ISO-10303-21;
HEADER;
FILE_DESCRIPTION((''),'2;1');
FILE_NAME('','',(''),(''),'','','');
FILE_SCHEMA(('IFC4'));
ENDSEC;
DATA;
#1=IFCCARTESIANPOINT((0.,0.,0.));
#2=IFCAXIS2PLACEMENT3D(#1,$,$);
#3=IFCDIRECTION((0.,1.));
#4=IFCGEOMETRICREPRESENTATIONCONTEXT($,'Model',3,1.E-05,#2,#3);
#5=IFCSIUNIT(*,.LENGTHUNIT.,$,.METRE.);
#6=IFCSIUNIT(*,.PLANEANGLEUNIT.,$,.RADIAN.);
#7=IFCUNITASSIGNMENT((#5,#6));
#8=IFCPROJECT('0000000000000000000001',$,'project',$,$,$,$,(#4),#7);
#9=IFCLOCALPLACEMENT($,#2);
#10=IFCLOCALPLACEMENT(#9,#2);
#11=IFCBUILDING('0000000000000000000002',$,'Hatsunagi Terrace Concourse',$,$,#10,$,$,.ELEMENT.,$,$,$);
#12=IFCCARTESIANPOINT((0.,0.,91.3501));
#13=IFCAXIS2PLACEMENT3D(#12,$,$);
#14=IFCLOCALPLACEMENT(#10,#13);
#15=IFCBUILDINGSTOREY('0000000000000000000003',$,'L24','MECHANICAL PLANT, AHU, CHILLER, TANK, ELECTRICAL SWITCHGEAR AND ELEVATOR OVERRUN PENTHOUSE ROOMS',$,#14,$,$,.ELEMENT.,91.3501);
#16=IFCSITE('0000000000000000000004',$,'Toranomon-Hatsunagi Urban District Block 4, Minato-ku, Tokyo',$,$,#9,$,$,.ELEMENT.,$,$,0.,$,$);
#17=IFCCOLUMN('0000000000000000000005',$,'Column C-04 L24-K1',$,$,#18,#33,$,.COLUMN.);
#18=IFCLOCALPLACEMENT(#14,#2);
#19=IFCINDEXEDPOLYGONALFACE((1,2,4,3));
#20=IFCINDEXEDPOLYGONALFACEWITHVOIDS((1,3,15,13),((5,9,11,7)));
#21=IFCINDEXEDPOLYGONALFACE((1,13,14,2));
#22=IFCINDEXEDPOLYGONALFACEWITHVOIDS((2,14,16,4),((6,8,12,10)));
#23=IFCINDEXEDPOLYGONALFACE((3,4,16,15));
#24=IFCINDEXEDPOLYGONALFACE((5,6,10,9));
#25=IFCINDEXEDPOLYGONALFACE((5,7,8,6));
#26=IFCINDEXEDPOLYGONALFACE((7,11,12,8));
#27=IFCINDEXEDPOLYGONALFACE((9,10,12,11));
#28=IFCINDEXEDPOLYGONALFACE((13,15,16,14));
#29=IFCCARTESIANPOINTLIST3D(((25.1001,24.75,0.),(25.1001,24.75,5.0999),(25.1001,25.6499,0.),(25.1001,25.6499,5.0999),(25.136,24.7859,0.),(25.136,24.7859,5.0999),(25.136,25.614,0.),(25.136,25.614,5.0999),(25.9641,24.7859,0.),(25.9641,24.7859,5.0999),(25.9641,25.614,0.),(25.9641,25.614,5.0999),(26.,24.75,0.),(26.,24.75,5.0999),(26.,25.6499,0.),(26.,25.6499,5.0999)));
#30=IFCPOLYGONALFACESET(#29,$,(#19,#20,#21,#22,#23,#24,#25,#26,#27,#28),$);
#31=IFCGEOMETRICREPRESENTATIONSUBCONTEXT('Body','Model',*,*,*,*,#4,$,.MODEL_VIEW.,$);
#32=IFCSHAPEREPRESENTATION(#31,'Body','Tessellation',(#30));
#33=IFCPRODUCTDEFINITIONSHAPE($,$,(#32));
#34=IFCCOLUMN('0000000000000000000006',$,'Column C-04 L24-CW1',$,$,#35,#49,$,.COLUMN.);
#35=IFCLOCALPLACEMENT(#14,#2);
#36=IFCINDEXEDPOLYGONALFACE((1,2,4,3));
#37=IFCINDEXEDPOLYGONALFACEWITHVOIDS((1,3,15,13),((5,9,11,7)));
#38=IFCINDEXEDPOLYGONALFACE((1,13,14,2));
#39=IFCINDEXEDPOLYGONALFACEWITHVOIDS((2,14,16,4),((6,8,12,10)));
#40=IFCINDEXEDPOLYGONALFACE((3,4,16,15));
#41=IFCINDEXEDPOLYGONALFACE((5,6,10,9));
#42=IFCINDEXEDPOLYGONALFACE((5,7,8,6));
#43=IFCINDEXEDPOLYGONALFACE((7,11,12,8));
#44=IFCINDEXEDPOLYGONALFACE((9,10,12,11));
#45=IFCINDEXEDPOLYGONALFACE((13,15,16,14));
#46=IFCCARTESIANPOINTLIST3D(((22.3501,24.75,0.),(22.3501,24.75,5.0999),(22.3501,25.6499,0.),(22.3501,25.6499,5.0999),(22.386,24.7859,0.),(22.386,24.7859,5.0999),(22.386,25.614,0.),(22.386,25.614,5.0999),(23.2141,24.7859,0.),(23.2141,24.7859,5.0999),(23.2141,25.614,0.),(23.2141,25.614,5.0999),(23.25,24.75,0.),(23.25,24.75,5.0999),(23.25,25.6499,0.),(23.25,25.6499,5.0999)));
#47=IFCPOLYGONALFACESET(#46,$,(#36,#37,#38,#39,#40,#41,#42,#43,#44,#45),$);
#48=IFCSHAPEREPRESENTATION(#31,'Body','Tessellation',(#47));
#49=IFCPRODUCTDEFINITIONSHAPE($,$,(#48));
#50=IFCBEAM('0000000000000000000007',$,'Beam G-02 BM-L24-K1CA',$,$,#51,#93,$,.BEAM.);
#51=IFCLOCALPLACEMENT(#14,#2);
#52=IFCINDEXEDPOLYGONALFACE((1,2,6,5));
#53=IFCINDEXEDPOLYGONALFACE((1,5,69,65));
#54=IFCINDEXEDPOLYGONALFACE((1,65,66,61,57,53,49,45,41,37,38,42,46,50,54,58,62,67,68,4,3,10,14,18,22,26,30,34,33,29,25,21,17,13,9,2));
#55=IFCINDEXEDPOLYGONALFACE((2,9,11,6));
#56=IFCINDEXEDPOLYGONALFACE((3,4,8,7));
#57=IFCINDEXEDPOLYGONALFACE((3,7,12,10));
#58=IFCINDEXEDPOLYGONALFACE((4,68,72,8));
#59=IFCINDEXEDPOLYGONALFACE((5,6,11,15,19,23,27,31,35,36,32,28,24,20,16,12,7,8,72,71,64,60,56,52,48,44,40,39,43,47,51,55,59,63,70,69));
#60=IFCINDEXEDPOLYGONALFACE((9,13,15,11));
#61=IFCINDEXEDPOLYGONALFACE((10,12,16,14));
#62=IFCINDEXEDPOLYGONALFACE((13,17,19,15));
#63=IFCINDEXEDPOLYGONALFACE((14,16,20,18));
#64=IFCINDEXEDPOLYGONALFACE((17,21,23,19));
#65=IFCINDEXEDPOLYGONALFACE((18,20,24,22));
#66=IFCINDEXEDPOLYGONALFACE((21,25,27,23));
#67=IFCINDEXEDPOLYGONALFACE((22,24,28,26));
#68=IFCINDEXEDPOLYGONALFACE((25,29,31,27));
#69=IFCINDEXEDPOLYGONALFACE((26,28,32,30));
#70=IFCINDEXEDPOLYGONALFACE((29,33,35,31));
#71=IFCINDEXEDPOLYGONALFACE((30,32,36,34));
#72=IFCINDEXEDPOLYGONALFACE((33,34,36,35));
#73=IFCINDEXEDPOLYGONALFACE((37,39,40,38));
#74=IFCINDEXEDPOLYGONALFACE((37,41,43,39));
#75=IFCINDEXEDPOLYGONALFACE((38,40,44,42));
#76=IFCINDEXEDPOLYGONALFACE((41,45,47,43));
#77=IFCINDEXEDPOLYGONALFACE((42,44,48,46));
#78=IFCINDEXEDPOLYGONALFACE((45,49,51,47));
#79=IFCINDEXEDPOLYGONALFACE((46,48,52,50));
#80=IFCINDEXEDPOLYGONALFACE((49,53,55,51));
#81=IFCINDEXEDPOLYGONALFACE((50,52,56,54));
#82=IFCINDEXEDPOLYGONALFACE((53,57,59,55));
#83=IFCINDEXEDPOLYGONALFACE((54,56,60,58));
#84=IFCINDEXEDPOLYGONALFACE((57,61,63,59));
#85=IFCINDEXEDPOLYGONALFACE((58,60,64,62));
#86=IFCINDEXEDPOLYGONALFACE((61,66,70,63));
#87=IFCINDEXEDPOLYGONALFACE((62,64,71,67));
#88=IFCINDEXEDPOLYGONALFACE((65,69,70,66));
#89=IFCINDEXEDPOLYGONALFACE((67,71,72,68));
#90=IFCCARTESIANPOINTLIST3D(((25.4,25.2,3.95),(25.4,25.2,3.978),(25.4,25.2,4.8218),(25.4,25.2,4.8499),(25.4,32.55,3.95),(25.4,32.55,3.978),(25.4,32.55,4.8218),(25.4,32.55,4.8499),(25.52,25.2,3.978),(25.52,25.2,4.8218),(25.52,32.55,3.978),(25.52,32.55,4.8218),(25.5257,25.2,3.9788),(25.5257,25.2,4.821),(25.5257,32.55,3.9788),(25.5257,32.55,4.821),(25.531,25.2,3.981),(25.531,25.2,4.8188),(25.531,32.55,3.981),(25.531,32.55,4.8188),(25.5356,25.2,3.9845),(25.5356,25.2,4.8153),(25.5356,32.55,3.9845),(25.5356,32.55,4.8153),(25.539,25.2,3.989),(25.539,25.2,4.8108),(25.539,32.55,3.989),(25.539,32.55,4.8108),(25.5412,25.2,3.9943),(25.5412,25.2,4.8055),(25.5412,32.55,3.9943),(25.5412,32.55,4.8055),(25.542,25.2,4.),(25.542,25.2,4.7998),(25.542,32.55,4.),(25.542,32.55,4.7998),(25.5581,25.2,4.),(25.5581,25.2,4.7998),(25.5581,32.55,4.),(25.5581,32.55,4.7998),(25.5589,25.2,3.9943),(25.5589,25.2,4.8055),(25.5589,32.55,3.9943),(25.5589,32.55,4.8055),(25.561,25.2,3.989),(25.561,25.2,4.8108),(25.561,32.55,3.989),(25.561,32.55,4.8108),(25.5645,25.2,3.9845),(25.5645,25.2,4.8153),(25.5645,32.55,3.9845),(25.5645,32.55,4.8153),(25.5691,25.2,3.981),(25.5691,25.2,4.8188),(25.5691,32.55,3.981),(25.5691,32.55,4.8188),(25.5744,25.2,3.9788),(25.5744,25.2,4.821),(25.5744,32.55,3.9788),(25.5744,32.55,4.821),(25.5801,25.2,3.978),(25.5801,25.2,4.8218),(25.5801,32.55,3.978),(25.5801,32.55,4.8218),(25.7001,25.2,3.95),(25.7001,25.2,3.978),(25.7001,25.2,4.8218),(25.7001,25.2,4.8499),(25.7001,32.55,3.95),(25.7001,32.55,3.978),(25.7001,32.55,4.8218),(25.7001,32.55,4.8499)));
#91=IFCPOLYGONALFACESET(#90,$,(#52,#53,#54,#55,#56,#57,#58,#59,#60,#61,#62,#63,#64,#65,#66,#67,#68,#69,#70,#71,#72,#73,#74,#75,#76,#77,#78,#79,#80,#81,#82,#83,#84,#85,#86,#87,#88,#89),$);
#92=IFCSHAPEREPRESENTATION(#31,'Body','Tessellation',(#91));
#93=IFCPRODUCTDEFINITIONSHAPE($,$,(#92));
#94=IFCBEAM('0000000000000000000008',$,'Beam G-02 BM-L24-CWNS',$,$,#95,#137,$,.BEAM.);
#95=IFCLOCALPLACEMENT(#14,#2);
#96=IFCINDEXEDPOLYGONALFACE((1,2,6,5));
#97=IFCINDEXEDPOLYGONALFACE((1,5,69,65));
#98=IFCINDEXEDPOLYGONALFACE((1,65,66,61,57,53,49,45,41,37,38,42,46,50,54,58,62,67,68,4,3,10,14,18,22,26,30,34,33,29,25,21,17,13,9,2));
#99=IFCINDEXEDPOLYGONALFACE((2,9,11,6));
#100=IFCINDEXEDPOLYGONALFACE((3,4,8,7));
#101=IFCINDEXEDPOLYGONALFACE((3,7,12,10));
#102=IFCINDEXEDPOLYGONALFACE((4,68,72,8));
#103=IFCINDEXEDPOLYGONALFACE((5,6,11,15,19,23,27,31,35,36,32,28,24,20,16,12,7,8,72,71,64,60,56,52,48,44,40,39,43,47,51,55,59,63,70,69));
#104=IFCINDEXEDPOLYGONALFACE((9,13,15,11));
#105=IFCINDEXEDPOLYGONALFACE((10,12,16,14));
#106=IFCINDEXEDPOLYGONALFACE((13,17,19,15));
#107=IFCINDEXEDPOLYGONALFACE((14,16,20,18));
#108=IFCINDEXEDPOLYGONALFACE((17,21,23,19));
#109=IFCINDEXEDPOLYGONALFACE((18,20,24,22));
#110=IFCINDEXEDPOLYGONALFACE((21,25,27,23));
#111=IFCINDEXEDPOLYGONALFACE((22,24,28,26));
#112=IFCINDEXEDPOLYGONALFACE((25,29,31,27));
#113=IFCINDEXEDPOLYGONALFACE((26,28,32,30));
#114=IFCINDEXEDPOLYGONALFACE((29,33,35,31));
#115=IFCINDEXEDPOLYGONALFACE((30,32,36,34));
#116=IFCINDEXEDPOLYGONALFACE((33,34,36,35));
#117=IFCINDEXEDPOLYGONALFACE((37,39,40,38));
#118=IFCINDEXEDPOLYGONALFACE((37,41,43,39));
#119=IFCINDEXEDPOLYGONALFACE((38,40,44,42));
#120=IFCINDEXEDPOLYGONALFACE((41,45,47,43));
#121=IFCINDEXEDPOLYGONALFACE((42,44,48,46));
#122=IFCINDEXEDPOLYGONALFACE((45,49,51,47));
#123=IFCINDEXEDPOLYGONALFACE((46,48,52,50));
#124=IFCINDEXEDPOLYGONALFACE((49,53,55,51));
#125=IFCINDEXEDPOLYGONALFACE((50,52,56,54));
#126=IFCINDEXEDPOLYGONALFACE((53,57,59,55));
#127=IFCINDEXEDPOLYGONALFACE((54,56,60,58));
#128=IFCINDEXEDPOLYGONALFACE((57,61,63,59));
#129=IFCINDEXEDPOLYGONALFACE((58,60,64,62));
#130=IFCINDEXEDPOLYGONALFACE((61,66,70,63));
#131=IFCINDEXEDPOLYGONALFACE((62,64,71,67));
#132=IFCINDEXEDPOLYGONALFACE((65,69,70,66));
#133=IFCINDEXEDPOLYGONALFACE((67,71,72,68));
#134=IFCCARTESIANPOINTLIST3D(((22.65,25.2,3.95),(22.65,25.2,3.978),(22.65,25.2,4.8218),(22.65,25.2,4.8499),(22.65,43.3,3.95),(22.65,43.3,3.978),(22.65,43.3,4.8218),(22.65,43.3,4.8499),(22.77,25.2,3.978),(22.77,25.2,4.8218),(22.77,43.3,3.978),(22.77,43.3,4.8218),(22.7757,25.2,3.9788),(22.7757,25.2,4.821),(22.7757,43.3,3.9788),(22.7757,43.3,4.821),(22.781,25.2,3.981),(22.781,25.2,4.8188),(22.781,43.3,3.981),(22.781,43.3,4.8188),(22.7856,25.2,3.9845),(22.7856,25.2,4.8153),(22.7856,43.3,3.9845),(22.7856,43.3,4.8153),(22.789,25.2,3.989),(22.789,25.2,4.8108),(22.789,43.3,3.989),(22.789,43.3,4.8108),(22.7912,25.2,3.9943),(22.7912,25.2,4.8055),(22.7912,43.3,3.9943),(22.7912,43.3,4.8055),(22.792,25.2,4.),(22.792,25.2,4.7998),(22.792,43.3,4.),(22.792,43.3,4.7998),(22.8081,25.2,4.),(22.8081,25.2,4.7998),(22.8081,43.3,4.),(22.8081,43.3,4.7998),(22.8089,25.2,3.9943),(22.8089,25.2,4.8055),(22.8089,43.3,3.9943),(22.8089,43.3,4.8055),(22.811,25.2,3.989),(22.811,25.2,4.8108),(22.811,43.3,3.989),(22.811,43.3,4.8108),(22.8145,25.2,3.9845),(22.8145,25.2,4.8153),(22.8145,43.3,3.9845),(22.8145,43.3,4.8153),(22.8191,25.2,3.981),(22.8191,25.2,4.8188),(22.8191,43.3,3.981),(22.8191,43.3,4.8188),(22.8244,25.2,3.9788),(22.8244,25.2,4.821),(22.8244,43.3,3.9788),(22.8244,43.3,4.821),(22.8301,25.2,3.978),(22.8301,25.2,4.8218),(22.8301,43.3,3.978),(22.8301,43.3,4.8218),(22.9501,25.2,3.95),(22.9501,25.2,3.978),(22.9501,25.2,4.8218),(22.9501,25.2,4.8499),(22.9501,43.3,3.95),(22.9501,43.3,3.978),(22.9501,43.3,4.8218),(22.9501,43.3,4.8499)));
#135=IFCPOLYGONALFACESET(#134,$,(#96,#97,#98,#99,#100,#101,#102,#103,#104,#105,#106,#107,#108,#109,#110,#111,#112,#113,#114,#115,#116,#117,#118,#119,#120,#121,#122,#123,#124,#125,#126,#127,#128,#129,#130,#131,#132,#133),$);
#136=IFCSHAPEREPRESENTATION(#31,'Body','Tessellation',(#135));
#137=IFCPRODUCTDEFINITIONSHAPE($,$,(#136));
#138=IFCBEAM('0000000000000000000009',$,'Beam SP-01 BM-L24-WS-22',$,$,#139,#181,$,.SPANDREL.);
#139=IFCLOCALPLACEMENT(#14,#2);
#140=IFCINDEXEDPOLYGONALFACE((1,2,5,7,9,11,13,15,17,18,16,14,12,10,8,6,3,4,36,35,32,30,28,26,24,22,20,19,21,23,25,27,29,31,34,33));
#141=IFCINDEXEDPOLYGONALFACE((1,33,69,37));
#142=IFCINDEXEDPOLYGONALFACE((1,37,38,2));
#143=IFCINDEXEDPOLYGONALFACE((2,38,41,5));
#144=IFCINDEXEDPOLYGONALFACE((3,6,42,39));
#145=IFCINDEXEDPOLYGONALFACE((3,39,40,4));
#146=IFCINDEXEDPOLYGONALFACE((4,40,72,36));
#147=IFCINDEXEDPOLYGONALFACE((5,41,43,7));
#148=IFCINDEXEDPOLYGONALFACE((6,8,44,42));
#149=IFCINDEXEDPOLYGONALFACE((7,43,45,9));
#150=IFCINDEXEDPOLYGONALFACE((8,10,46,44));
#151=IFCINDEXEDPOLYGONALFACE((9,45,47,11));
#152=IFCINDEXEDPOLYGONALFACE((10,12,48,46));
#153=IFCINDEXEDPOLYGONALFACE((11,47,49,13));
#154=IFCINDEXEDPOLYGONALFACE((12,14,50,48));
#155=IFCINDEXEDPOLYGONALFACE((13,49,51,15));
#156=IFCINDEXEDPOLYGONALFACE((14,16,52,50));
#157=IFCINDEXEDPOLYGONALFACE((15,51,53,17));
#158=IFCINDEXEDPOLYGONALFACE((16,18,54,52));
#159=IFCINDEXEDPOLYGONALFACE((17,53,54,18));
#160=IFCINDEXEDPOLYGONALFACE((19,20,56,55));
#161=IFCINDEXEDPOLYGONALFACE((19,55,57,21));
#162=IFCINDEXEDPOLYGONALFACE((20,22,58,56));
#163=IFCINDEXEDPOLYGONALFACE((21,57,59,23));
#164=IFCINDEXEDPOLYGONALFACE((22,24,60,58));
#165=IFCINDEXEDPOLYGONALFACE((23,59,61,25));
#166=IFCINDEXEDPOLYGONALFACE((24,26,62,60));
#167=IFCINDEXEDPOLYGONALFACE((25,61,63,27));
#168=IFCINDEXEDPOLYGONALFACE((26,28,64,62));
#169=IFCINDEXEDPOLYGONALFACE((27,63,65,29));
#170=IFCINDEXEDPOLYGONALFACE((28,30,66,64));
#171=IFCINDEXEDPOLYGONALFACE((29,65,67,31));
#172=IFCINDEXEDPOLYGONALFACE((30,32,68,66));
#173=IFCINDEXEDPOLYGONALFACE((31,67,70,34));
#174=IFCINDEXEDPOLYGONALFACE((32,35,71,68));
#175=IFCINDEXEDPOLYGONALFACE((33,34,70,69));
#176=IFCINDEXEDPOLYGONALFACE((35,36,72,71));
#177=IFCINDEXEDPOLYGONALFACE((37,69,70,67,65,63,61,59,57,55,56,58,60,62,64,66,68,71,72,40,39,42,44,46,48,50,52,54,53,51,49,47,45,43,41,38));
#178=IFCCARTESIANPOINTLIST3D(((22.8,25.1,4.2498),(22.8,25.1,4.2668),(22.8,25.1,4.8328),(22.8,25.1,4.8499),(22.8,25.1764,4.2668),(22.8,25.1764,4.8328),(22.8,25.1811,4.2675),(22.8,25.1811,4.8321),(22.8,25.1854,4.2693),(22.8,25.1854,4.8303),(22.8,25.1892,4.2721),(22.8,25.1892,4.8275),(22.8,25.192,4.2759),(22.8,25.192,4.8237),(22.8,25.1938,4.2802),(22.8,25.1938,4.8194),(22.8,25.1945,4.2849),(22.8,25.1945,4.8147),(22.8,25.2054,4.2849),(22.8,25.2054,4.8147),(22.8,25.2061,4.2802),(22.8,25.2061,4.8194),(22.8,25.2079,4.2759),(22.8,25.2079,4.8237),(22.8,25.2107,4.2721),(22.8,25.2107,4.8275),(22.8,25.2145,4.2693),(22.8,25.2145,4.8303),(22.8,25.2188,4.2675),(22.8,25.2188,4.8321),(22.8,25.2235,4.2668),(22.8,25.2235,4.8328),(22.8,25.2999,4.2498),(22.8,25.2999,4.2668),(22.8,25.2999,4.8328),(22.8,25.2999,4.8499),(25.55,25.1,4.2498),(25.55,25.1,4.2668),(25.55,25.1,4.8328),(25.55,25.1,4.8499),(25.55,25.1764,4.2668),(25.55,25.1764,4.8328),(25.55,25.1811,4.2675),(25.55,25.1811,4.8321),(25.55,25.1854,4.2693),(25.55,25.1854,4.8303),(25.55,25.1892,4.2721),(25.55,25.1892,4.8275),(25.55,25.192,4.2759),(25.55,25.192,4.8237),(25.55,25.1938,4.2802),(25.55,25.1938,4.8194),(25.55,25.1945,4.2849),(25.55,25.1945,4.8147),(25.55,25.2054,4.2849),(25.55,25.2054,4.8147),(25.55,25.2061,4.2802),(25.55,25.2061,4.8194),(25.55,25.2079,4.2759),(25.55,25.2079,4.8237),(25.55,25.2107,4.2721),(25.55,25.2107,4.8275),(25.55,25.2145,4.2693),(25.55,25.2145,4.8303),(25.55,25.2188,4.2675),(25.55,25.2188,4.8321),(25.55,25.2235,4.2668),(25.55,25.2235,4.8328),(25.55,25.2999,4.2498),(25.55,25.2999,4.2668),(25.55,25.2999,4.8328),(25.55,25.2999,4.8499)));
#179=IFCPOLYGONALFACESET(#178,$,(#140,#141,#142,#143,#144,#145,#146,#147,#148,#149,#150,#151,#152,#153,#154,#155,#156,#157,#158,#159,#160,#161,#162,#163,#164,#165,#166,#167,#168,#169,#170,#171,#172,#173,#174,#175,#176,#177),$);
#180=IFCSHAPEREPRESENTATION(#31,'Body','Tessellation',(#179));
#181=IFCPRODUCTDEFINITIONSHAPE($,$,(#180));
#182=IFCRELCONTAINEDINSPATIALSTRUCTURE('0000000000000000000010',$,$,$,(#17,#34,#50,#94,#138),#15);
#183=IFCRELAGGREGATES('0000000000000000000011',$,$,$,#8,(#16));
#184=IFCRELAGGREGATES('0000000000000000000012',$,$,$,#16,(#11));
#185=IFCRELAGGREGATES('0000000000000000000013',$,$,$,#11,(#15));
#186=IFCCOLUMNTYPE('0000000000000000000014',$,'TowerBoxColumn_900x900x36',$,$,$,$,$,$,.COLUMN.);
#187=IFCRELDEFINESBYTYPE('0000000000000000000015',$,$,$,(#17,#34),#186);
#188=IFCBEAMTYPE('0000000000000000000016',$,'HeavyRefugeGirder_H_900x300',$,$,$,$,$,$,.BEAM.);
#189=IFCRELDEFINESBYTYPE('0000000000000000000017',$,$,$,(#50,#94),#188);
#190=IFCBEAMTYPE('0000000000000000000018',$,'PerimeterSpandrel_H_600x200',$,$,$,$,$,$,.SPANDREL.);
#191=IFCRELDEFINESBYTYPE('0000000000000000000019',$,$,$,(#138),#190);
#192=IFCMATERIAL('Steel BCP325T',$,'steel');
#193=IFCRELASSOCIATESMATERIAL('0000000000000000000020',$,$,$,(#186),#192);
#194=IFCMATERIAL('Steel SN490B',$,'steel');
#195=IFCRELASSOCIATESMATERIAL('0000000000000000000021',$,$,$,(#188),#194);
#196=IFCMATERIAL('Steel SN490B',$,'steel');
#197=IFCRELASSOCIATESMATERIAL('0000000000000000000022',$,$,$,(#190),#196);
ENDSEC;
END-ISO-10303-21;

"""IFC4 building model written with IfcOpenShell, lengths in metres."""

from ifc_helpers import new_model, si_unit, direction, frame, origin, origin_2d, place, context, subcontext, project, spatial, hollow_rectangle, i_section, extrude, material, material_profile, profile_set, type_object, element, save


model = new_model("IFC4")

# Units and contexts
model_context = context("Model", 3, precision=1e-05, world=origin(), true_north=direction((0.0, 1.0)))
body_context = subcontext(model_context, "Body", "Model", "MODEL_VIEW")
ifc_project = project(units=[si_unit("LENGTHUNIT", "METRE"), si_unit("PLANEANGLEUNIT", "RADIAN")], contexts=[model_context])

# Site, building, storey
site_placement = place(None, origin())
site = spatial("IfcSite", under=ifc_project, at=site_placement, Name="Toranomon-Hatsunagi Urban District Block 4, Minato-ku, Tokyo", CompositionType="ELEMENT", RefElevation=0.0)
building_placement = place(site_placement, origin())
building = spatial("IfcBuilding", under=site, at=building_placement, Name="Hatsunagi Terrace Concourse", CompositionType="ELEMENT")
storey_placement = place(building_placement, frame((0.0, 0.0, 91.3501)))
storey = spatial("IfcBuildingStorey", under=building, at=storey_placement, Name="L24", Description="MECHANICAL PLANT, AHU, CHILLER, TANK, ELECTRICAL SWITCHGEAR AND ELEVATOR OVERRUN PENTHOUSE ROOMS", CompositionType="ELEMENT", Elevation=91.3501)

# Columns
ifc_material_1 = material(Name="Steel BCP325T", Category="steel")
ifc_material_profile_1 = material_profile(ifc_material_1, hollow_rectangle(XDim=0.8999, YDim=0.8999, WallThickness=0.0359, at=origin_2d()), Name="BCP-900x900x36")
ifc_profile_set_1 = profile_set([ifc_material_profile_1], Name="Steel BCP325T")
column_type = type_object("IfcColumnType", Name="TowerBoxColumn_900x900x36", PredefinedType="COLUMN", material=ifc_profile_set_1)
for number, where, z_axis, x_axis, name in (
    (1, (25.55, 25.2, 0.0), (0.0, 0.0, 1.0), (1.0, 0.0, 0.0), "Column C-04 L24-K1"),
    (2, (22.8, 25.2, 0.0), (0.0, 0.0, 1.0), (1.0, 0.0, 0.0), "Column C-04 L24-CW1"),
):
    element("IfcColumn", number, at=place(storey_placement, frame(where, z_axis=z_axis, x_axis=x_axis)), inside=storey, type_object=column_type, Name=name, PredefinedType="COLUMN", context=body_context, shape_type="SweptSolid", body=[
        extrude(hollow_rectangle(XDim=0.8999, YDim=0.8999, WallThickness=0.0359, at=origin_2d()), origin(), (0.0, 0.0, 1.0), 5.0999),
    ])

# Beams
ifc_material_2 = material(Name="Steel SN490B", Category="steel")
ifc_material_profile_2 = material_profile(ifc_material_2, i_section(OverallWidth=0.3, OverallDepth=0.8999, WebThickness=0.0161, FlangeThickness=0.0281, FilletRadius=0.022, at=origin_2d()), Name="H-900x300x16x28")
ifc_profile_set_2 = profile_set([ifc_material_profile_2], Name="Steel SN490B")
beam_type_1 = type_object("IfcBeamType", Name="HeavyRefugeGirder_H_900x300", PredefinedType="BEAM", material=ifc_profile_set_2)
beam_1_placement = place(storey_placement, frame((25.55, 25.2, 4.3999), z_axis=(0.0, 1.0, 0.0), x_axis=(-1.0, 0.0, 0.0)))
element("IfcBeam", 3, at=beam_1_placement, inside=storey, type_object=beam_type_1, Name="Beam G-02 BM-L24-K1CA", PredefinedType="BEAM", context=body_context, shape_type="SweptSolid", body=[
    extrude(i_section(OverallWidth=0.3, OverallDepth=0.8999, WebThickness=0.0161, FlangeThickness=0.0281, FilletRadius=0.022, at=origin_2d()), origin(), (0.0, 0.0, 1.0), 7.3501),
])
beam_2_placement = place(storey_placement, frame((22.8, 25.2, 4.3999), z_axis=(0.0, 1.0, 0.0), x_axis=(-1.0, 0.0, 0.0)))
element("IfcBeam", 4, at=beam_2_placement, inside=storey, type_object=beam_type_1, Name="Beam G-02 BM-L24-CWNS", PredefinedType="BEAM", context=body_context, shape_type="SweptSolid", body=[
    extrude(i_section(OverallWidth=0.3, OverallDepth=0.8999, WebThickness=0.0161, FlangeThickness=0.0281, FilletRadius=0.022, at=origin_2d()), origin(), (0.0, 0.0, 1.0), 18.1001),
])
ifc_material_3 = material(Name="Steel SN490B", Category="steel")
ifc_material_profile_3 = material_profile(ifc_material_3, i_section(OverallWidth=0.2, OverallDepth=0.6001, WebThickness=0.011, FlangeThickness=0.0171, FilletRadius=0.0181, at=origin_2d()), Name="H-600x200x11x17")
ifc_profile_set_3 = profile_set([ifc_material_profile_3], Name="Steel SN490B")
beam_type_2 = type_object("IfcBeamType", Name="PerimeterSpandrel_H_600x200", PredefinedType="SPANDREL", material=ifc_profile_set_3)
beam_3_placement = place(storey_placement, frame((22.8, 25.2, 4.5498), z_axis=(1.0, 0.0, 0.0), x_axis=(0.0, 1.0, 0.0)))
element("IfcBeam", 5, at=beam_3_placement, inside=storey, type_object=beam_type_2, Name="Beam SP-01 BM-L24-WS-22", PredefinedType="SPANDREL", context=body_context, shape_type="SweptSolid", body=[
    extrude(i_section(OverallWidth=0.2, OverallDepth=0.6001, WebThickness=0.011, FlangeThickness=0.0171, FilletRadius=0.0181, at=origin_2d()), origin(), (0.0, 0.0, 1.0), 2.75),
])

save(model, "model.ifc")
